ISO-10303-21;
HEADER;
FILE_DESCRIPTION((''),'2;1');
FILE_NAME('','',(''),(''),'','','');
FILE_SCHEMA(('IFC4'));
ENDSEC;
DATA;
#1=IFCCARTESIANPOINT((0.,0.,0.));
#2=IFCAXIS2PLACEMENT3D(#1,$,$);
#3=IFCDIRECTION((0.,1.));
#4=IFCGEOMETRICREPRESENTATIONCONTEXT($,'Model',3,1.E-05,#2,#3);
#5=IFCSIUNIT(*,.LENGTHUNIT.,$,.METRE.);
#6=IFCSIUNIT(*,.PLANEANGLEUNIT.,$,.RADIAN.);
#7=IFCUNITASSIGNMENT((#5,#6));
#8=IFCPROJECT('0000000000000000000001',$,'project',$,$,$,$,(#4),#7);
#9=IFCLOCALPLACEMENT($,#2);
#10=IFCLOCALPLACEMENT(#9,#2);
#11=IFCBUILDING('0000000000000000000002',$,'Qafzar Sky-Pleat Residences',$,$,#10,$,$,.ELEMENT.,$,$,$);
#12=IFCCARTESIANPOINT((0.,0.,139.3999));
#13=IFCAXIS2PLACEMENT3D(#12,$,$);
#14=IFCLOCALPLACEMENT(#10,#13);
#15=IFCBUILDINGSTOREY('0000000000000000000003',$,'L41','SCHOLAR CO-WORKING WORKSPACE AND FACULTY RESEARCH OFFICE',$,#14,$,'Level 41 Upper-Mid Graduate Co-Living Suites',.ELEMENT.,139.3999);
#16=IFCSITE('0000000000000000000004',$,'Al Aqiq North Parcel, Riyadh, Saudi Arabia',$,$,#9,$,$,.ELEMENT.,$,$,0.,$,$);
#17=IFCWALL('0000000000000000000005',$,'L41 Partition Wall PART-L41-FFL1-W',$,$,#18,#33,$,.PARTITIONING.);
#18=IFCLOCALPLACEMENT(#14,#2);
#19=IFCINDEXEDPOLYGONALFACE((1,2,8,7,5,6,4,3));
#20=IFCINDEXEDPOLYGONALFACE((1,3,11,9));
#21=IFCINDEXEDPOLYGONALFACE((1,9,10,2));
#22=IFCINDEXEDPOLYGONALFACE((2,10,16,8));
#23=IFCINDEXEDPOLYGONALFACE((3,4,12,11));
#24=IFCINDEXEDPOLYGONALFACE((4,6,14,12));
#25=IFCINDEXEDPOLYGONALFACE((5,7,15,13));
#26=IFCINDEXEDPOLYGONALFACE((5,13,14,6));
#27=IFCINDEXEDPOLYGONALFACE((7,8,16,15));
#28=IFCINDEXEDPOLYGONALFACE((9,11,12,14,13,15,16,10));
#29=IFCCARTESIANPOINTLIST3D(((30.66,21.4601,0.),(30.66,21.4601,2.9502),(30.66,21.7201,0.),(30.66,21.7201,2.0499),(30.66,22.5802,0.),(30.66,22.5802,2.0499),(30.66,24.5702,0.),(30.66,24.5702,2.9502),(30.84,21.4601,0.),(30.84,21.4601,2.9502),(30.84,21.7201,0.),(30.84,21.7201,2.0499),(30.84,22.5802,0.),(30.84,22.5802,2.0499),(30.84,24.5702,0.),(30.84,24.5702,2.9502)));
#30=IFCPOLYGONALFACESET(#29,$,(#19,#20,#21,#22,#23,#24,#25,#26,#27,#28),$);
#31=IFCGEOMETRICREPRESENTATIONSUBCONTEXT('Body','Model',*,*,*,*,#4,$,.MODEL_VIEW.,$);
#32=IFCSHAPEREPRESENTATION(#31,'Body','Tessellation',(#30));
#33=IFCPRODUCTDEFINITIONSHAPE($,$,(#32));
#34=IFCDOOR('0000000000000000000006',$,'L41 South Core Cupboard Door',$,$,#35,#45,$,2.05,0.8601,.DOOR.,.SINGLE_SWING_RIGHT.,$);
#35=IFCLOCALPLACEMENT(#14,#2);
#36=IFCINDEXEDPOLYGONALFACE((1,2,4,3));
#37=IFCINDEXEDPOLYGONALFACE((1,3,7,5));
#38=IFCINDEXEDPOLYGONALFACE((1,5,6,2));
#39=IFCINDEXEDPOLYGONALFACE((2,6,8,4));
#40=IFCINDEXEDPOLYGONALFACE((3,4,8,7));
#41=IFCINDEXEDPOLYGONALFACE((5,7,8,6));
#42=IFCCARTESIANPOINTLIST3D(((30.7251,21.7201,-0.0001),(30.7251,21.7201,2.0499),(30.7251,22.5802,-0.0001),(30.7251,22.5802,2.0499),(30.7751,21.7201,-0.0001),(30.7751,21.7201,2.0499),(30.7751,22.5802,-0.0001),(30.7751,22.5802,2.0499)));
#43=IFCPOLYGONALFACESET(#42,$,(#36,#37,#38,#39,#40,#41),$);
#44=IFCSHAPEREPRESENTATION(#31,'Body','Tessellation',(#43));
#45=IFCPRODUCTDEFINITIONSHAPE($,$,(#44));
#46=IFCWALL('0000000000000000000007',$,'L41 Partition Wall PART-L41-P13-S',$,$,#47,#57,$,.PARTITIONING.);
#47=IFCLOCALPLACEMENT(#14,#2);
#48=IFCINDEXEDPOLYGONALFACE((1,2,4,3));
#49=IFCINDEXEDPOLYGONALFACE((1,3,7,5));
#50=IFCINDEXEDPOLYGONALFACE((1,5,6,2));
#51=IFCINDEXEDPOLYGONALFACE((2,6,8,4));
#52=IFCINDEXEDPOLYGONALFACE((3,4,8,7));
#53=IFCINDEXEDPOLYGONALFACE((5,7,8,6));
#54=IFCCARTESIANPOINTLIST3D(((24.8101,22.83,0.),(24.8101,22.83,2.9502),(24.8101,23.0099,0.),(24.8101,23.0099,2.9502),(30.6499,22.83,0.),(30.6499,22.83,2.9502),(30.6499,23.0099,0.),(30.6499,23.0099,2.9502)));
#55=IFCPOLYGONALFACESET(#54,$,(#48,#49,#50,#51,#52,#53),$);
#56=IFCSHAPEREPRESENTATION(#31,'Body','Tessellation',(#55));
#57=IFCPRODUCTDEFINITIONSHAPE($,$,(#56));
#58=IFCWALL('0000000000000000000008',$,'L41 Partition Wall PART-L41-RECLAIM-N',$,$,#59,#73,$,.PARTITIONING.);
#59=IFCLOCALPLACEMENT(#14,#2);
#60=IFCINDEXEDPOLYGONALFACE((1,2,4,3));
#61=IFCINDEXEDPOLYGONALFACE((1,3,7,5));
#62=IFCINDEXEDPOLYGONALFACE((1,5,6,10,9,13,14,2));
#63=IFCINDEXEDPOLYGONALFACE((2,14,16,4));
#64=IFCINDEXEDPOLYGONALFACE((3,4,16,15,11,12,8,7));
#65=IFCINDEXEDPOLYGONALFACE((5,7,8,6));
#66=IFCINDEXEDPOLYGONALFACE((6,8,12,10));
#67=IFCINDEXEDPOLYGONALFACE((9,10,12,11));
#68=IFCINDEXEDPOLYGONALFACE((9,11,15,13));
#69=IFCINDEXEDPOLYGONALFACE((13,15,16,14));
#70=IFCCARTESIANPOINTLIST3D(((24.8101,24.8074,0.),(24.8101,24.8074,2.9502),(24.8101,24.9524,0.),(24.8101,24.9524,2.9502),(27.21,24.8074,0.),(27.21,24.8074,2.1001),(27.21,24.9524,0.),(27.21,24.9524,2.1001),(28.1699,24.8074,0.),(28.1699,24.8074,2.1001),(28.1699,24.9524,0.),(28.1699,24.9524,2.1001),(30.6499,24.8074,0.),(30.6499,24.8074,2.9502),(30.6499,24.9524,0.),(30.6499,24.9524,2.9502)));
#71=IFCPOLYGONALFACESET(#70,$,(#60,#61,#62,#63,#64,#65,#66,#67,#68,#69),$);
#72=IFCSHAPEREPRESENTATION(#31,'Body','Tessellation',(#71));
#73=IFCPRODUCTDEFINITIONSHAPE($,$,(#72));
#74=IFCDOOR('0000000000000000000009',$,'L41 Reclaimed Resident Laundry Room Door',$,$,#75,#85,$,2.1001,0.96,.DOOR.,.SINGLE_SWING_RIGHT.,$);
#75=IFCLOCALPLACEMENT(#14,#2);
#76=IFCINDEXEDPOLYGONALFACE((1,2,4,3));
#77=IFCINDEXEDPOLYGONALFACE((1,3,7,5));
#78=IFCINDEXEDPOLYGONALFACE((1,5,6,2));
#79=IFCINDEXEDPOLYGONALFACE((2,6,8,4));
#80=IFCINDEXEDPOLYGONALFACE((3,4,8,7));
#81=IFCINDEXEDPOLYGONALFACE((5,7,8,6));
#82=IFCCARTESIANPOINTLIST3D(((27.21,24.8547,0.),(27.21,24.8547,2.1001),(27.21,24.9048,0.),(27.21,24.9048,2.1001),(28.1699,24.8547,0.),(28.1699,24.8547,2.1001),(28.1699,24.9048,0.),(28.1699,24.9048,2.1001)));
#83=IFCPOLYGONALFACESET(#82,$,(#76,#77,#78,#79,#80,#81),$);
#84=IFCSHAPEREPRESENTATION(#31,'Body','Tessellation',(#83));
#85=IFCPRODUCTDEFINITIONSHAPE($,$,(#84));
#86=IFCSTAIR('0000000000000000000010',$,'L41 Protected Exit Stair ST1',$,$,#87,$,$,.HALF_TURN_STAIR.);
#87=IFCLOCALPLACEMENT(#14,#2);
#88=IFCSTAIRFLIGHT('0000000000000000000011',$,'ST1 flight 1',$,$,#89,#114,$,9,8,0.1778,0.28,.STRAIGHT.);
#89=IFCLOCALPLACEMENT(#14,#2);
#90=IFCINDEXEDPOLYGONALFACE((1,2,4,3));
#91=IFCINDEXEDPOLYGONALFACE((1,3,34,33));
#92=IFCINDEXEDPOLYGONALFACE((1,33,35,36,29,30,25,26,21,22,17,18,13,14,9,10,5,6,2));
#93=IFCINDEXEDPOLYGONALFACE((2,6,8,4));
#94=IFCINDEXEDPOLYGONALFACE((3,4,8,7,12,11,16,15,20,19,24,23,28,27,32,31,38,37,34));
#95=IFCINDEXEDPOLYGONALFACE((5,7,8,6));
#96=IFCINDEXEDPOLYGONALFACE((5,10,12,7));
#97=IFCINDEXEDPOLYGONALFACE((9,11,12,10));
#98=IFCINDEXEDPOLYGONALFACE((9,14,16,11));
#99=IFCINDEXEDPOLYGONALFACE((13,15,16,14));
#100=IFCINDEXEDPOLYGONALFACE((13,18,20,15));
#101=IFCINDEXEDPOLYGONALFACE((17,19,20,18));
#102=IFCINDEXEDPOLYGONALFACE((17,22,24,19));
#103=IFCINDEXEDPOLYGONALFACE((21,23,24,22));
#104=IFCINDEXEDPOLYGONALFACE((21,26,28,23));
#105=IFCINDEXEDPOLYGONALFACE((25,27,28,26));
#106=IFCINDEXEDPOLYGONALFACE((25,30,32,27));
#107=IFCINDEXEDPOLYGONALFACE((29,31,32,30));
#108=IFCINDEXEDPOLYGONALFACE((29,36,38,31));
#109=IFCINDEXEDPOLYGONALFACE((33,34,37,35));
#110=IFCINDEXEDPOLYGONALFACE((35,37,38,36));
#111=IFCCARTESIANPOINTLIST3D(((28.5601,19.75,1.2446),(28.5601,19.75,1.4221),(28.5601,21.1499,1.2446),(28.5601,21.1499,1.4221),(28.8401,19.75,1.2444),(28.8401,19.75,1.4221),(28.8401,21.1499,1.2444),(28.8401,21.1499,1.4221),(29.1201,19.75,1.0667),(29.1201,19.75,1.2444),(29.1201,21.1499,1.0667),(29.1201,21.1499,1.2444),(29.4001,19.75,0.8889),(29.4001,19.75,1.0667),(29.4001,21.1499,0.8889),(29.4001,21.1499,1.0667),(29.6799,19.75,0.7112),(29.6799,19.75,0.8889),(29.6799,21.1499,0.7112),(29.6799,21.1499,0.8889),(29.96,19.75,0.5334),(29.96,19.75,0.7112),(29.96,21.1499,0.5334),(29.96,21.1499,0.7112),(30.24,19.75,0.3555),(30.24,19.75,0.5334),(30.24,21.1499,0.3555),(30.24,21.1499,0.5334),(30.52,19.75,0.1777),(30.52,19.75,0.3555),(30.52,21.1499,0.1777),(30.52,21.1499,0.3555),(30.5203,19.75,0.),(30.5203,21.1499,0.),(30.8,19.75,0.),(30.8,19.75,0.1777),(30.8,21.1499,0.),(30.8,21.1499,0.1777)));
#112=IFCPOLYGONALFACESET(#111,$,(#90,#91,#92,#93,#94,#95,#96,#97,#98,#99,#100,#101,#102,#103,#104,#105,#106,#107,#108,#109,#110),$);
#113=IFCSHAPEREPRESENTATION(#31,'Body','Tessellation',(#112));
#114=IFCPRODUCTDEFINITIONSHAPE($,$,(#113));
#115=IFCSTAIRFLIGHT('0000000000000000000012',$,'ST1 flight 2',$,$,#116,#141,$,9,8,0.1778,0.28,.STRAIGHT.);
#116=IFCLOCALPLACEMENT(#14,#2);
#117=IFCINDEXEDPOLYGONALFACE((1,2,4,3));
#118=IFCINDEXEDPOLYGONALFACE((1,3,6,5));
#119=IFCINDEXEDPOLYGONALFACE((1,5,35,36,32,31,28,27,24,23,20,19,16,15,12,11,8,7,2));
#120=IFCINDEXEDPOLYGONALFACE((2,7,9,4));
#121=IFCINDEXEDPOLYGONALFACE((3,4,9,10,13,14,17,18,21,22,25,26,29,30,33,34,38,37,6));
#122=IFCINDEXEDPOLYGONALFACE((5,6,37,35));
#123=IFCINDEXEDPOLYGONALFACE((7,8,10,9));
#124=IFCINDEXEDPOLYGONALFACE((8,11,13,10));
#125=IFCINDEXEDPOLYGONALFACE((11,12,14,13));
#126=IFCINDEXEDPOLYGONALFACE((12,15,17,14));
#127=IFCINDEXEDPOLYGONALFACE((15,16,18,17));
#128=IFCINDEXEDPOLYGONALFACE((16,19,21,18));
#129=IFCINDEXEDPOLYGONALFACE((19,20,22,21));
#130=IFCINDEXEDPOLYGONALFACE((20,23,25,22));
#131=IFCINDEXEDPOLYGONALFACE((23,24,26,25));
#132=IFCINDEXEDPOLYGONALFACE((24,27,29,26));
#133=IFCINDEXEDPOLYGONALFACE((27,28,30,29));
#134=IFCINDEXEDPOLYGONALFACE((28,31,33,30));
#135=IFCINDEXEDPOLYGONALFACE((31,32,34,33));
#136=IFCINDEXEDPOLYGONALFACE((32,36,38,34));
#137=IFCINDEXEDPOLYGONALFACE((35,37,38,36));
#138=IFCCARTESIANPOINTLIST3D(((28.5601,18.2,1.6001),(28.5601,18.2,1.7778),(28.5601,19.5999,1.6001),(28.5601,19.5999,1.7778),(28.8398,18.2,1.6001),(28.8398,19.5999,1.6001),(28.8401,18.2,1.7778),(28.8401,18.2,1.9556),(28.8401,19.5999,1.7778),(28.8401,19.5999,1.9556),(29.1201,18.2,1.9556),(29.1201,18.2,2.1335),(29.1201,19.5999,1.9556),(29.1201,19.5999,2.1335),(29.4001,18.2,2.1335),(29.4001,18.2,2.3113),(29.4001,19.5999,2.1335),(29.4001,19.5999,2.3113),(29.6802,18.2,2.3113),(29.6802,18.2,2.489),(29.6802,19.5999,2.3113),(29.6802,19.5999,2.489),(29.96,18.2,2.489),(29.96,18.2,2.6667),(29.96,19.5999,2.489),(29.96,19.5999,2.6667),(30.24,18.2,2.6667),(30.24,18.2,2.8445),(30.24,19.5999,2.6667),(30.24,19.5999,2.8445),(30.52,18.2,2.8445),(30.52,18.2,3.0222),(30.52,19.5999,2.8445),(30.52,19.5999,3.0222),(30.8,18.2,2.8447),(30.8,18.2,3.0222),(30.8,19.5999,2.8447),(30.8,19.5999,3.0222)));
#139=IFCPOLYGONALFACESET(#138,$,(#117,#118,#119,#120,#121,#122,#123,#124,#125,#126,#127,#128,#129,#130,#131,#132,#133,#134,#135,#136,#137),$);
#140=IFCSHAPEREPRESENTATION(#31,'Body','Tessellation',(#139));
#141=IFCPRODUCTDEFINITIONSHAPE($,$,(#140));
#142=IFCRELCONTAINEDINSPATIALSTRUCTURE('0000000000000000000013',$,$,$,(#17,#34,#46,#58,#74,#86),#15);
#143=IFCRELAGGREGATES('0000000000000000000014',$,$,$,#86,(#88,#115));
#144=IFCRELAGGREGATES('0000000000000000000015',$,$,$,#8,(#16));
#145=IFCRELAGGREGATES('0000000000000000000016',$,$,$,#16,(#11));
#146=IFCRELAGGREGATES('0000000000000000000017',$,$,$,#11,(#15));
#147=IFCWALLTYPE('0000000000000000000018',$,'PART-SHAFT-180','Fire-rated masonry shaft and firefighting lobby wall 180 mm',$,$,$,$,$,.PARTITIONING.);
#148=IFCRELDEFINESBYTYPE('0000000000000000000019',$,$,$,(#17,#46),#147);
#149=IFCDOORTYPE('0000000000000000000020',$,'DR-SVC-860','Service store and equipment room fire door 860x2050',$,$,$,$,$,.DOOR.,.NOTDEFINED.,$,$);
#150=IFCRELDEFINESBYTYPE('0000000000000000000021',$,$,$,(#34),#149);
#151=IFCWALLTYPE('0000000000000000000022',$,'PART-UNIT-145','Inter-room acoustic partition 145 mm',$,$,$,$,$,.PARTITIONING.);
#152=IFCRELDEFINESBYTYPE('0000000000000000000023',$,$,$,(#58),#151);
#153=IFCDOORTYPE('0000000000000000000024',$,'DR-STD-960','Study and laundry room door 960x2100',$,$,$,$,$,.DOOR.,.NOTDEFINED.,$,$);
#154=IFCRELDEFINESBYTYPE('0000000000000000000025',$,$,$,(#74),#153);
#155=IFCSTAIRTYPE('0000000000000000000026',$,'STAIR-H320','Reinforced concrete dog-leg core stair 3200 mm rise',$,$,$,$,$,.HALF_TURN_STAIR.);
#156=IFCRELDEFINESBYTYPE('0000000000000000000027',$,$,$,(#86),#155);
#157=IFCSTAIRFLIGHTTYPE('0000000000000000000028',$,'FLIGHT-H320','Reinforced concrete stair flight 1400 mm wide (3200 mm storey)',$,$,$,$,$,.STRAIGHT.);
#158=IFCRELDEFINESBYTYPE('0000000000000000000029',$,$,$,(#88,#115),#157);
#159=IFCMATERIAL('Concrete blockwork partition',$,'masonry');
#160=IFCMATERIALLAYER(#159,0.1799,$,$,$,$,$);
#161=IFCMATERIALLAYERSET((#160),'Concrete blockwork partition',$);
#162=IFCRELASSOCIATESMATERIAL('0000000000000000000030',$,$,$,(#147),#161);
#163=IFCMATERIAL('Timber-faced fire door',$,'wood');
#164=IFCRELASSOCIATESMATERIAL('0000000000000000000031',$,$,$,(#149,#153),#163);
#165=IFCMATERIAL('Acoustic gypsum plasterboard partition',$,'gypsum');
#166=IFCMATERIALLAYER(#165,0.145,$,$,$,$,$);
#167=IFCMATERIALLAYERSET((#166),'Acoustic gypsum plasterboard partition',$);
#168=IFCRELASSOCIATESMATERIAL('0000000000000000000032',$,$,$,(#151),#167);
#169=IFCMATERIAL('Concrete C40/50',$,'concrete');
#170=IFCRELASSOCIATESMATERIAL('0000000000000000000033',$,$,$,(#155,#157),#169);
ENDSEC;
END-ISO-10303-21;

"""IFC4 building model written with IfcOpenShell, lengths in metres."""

from ifc_helpers import new_model, si_unit, direction, frame, frame_2d, origin, place, context, subcontext, project, spatial, polyline, rectangle, outline, extrude, source, transform, mapped, material, layer, layer_set, type_object, element, fill, aggregate, save


model = new_model("IFC4")

# Units and contexts
model_context = context("Model", 3, precision=1e-05, world=origin(), true_north=direction((0.0, 1.0)))
body_context = subcontext(model_context, "Body", "Model", "MODEL_VIEW")
ifc_project = project(units=[si_unit("LENGTHUNIT", "METRE"), si_unit("PLANEANGLEUNIT", "RADIAN")], contexts=[model_context])

# Site, building, storey
site_placement = place(None, origin())
site = spatial("IfcSite", under=ifc_project, at=site_placement, Name="Al Aqiq North Parcel, Riyadh, Saudi Arabia", CompositionType="ELEMENT", RefElevation=0.0)
building_placement = place(site_placement, origin())
building = spatial("IfcBuilding", under=site, at=building_placement, Name="Qafzar Sky-Pleat Residences", CompositionType="ELEMENT")
storey_placement = place(building_placement, frame((0.0, 0.0, 139.3999)))
storey = spatial("IfcBuildingStorey", under=building, at=storey_placement, Name="L41", Description="SCHOLAR CO-WORKING WORKSPACE AND FACULTY RESEARCH OFFICE", LongName="Level 41 Upper-Mid Graduate Co-Living Suites", CompositionType="ELEMENT", Elevation=139.3999)

# Wall, opening, door
ifc_material_1 = material(Name="Concrete blockwork partition", Category="masonry")
ifc_layer_1 = layer(ifc_material_1, 0.1799)
ifc_layer_set_1 = layer_set([ifc_layer_1], Name="Concrete blockwork partition")
wall_type_1 = type_object("IfcWallType", Name="PART-SHAFT-180", Description="Fire-rated masonry shaft and firefighting lobby wall 180 mm", PredefinedType="PARTITIONING", material=ifc_layer_set_1)
wall_1_placement = place(storey_placement, frame((30.75, 21.46, 0.0), z_axis=(0.0, 0.0, 1.0), x_axis=(0.0, 1.0, 0.0)))
wall_1 = element("IfcWall", 1, at=wall_1_placement, inside=storey, type_object=wall_type_1, Name="L41 Partition Wall PART-L41-FFL1-W", PredefinedType="PARTITIONING", context=body_context, shape_type="SweptSolid", body=[
    extrude(rectangle(XDim=3.1101, YDim=0.1799, at=frame_2d((1.5552, 0.0))), origin(), (0.0, 0.0, 1.0), 2.9502),
])
opening_1_placement = place(wall_1_placement, frame((0.26, 0.0, 0.0)))
opening_1 = element("IfcOpeningElement", 2, at=opening_1_placement, cuts=wall_1, PredefinedType="OPENING", context=body_context, shape_type="SweptSolid", body=[
    extrude(rectangle(XDim=0.8601, YDim=2.05, at=frame_2d((0.4302, 1.0249))), frame((0.0, 0.1001, 0.0), z_axis=(0.0, -1.0, 0.0), x_axis=(1.0, 0.0, 0.0)), (0.0, 0.0, 1.0), 0.2),
])
ifc_material_2 = material(Name="Timber-faced fire door", Category="wood")
door_type_1 = type_object("IfcDoorType", Name="DR-SVC-860", Description="Service store and equipment room fire door 860x2050", OperationType="NOTDEFINED", PredefinedType="DOOR", material=ifc_material_2)
shared_shape_1 = source(origin(), body_context, "Body", "SweptSolid", [
    extrude(rectangle(XDim=0.8601, YDim=2.05, at=frame_2d((0.4302, 1.0249))), frame((0.0, 0.0249, 0.0), z_axis=(0.0, -1.0, 0.0), x_axis=(1.0, 0.0, 0.0)), (0.0, 0.0, 1.0), 0.05),
])
door_1_placement = place(opening_1_placement, origin())
door_1 = element("IfcDoor", 3, at=door_1_placement, inside=storey, type_object=door_type_1, Name="L41 South Core Cupboard Door", OperationType="SINGLE_SWING_RIGHT", OverallHeight=2.05, OverallWidth=0.8601, PredefinedType="DOOR", context=body_context, shape_type="MappedRepresentation", body=[
    mapped(shared_shape_1, transform((0.0, 0.0, 0.0), x_axis=(1.0, 0.0, 0.0), y_axis=(0.0, 1.0, 0.0), z_axis=(0.0, 0.0, 1.0), scale=1.0)),
])
fill(opening_1, door_1)

# Wall
wall_2_placement = place(storey_placement, frame((24.8101, 22.9199, 0.0), z_axis=(0.0, 0.0, 1.0), x_axis=(1.0, 0.0, 0.0)))
element("IfcWall", 4, at=wall_2_placement, inside=storey, type_object=wall_type_1, Name="L41 Partition Wall PART-L41-P13-S", PredefinedType="PARTITIONING", context=body_context, shape_type="SweptSolid", body=[
    extrude(rectangle(XDim=5.8398, YDim=0.1799, at=frame_2d((2.9199, 0.0))), origin(), (0.0, 0.0, 1.0), 2.9502),
])

# Wall, opening, door
ifc_material_3 = material(Name="Acoustic gypsum plasterboard partition", Category="gypsum")
ifc_layer_2 = layer(ifc_material_3, 0.145)
ifc_layer_set_2 = layer_set([ifc_layer_2], Name="Acoustic gypsum plasterboard partition")
wall_type_2 = type_object("IfcWallType", Name="PART-UNIT-145", Description="Inter-room acoustic partition 145 mm", PredefinedType="PARTITIONING", material=ifc_layer_set_2)
wall_3_placement = place(storey_placement, frame((24.8101, 24.8799, 0.0), z_axis=(0.0, 0.0, 1.0), x_axis=(1.0, 0.0, 0.0)))
wall_3 = element("IfcWall", 5, at=wall_3_placement, inside=storey, type_object=wall_type_2, Name="L41 Partition Wall PART-L41-RECLAIM-N", PredefinedType="PARTITIONING", context=body_context, shape_type="SweptSolid", body=[
    extrude(rectangle(XDim=5.8398, YDim=0.145, at=frame_2d((2.9199, 0.0))), origin(), (0.0, 0.0, 1.0), 2.9502),
])
opening_2_placement = place(wall_3_placement, frame((2.3999, 0.0, 0.0)))
opening_2 = element("IfcOpeningElement", 6, at=opening_2_placement, cuts=wall_3, PredefinedType="OPENING", context=body_context, shape_type="SweptSolid", body=[
    extrude(rectangle(XDim=0.96, YDim=2.1001, at=frame_2d((0.48, 1.05))), frame((0.0, 0.0825, 0.0), z_axis=(0.0, -1.0, 0.0), x_axis=(1.0, 0.0, 0.0)), (0.0, 0.0, 1.0), 0.165),
])
door_type_2 = type_object("IfcDoorType", Name="DR-STD-960", Description="Study and laundry room door 960x2100", OperationType="NOTDEFINED", PredefinedType="DOOR", material=ifc_material_2)
shared_shape_2 = source(origin(), body_context, "Body", "SweptSolid", [
    extrude(rectangle(XDim=0.96, YDim=2.1001, at=frame_2d((0.48, 1.05))), frame((0.0, 0.0249, 0.0), z_axis=(0.0, -1.0, 0.0), x_axis=(1.0, 0.0, 0.0)), (0.0, 0.0, 1.0), 0.05),
])
door_2_placement = place(opening_2_placement, origin())
door_2 = element("IfcDoor", 7, at=door_2_placement, inside=storey, type_object=door_type_2, Name="L41 Reclaimed Resident Laundry Room Door", OperationType="SINGLE_SWING_RIGHT", OverallHeight=2.1001, OverallWidth=0.96, PredefinedType="DOOR", context=body_context, shape_type="MappedRepresentation", body=[
    mapped(shared_shape_2, transform((0.0, 0.0, 0.0), x_axis=(1.0, 0.0, 0.0), y_axis=(0.0, 1.0, 0.0), z_axis=(0.0, 0.0, 1.0), scale=1.0)),
])
fill(opening_2, door_2)

# Stair, stair flights
ifc_material_4 = material(Name="Concrete C40/50", Category="concrete")
stair_type = type_object("IfcStairType", Name="STAIR-H320", Description="Reinforced concrete dog-leg core stair 3200 mm rise", PredefinedType="HALF_TURN_STAIR", material=ifc_material_4)
stair_placement = place(storey_placement, origin())
stair = element("IfcStair", 8, at=stair_placement, inside=storey, type_object=stair_type, Name="L41 Protected Exit Stair ST1", PredefinedType="HALF_TURN_STAIR")
stair_flight_type = type_object("IfcStairFlightType", Name="FLIGHT-H320", Description="Reinforced concrete stair flight 1400 mm wide (3200 mm storey)", PredefinedType="STRAIGHT", material=ifc_material_4)
shared_shape_3 = source(origin(), body_context, "Body", "SweptSolid", [
    extrude(outline(polyline([(0.0, 0.0), (0.0, 0.1777), (0.28, 0.1777), (0.28, 0.3555), (0.5601, 0.3555), (0.5601, 0.5334), (0.8401, 0.5334), (0.8401, 0.7112), (1.1201, 0.7112), (1.1201, 0.8889), (1.3999, 0.8889), (1.3999, 1.0667), (1.6799, 1.0667), (1.6799, 1.2444), (1.96, 1.2444), (1.96, 1.4221), (2.24, 1.4221), (2.24, 1.6001), (2.24, 1.2446), (0.2798, 0.0), (0.0, 0.0)])), frame((0.0, 0.7, 0.0), z_axis=(0.0, -1.0, 0.0), x_axis=(1.0, 0.0, 0.0)), (0.0, 0.0, 1.0), 1.3999),
])
stair_flight_1_placement = place(storey_placement, frame((30.8, 20.45, 0.0), z_axis=(0.0, 0.0, 1.0), x_axis=(-1.0, 0.0, 0.0)))
stair_flight_1 = element("IfcStairFlight", 9, at=stair_flight_1_placement, type_object=stair_flight_type, Name="ST1 flight 1", NumberOfRisers=9, NumberOfTreads=8, PredefinedType="STRAIGHT", RiserHeight=0.1778, TreadLength=0.28, context=body_context, shape_type="MappedRepresentation", body=[
    mapped(shared_shape_3, transform((0.0, 0.0, 0.0), x_axis=(1.0, 0.0, 0.0), y_axis=(0.0, 1.0, 0.0), z_axis=(0.0, 0.0, 1.0), scale=1.0)),
])
stair_flight_2_placement = place(storey_placement, frame((28.5601, 18.8999, 1.6001), z_axis=(0.0, 0.0, 1.0), x_axis=(1.0, 0.0, 0.0)))
stair_flight_2 = element("IfcStairFlight", 10, at=stair_flight_2_placement, type_object=stair_flight_type, Name="ST1 flight 2", NumberOfRisers=9, NumberOfTreads=8, PredefinedType="STRAIGHT", RiserHeight=0.1778, TreadLength=0.28, context=body_context, shape_type="MappedRepresentation", body=[
    mapped(shared_shape_3, transform((0.0, 0.0, 0.0), x_axis=(1.0, 0.0, 0.0), y_axis=(0.0, 1.0, 0.0), z_axis=(0.0, 0.0, 1.0), scale=1.0)),
])
aggregate(stair, [stair_flight_1, stair_flight_2])

save(model, "model.ifc")
